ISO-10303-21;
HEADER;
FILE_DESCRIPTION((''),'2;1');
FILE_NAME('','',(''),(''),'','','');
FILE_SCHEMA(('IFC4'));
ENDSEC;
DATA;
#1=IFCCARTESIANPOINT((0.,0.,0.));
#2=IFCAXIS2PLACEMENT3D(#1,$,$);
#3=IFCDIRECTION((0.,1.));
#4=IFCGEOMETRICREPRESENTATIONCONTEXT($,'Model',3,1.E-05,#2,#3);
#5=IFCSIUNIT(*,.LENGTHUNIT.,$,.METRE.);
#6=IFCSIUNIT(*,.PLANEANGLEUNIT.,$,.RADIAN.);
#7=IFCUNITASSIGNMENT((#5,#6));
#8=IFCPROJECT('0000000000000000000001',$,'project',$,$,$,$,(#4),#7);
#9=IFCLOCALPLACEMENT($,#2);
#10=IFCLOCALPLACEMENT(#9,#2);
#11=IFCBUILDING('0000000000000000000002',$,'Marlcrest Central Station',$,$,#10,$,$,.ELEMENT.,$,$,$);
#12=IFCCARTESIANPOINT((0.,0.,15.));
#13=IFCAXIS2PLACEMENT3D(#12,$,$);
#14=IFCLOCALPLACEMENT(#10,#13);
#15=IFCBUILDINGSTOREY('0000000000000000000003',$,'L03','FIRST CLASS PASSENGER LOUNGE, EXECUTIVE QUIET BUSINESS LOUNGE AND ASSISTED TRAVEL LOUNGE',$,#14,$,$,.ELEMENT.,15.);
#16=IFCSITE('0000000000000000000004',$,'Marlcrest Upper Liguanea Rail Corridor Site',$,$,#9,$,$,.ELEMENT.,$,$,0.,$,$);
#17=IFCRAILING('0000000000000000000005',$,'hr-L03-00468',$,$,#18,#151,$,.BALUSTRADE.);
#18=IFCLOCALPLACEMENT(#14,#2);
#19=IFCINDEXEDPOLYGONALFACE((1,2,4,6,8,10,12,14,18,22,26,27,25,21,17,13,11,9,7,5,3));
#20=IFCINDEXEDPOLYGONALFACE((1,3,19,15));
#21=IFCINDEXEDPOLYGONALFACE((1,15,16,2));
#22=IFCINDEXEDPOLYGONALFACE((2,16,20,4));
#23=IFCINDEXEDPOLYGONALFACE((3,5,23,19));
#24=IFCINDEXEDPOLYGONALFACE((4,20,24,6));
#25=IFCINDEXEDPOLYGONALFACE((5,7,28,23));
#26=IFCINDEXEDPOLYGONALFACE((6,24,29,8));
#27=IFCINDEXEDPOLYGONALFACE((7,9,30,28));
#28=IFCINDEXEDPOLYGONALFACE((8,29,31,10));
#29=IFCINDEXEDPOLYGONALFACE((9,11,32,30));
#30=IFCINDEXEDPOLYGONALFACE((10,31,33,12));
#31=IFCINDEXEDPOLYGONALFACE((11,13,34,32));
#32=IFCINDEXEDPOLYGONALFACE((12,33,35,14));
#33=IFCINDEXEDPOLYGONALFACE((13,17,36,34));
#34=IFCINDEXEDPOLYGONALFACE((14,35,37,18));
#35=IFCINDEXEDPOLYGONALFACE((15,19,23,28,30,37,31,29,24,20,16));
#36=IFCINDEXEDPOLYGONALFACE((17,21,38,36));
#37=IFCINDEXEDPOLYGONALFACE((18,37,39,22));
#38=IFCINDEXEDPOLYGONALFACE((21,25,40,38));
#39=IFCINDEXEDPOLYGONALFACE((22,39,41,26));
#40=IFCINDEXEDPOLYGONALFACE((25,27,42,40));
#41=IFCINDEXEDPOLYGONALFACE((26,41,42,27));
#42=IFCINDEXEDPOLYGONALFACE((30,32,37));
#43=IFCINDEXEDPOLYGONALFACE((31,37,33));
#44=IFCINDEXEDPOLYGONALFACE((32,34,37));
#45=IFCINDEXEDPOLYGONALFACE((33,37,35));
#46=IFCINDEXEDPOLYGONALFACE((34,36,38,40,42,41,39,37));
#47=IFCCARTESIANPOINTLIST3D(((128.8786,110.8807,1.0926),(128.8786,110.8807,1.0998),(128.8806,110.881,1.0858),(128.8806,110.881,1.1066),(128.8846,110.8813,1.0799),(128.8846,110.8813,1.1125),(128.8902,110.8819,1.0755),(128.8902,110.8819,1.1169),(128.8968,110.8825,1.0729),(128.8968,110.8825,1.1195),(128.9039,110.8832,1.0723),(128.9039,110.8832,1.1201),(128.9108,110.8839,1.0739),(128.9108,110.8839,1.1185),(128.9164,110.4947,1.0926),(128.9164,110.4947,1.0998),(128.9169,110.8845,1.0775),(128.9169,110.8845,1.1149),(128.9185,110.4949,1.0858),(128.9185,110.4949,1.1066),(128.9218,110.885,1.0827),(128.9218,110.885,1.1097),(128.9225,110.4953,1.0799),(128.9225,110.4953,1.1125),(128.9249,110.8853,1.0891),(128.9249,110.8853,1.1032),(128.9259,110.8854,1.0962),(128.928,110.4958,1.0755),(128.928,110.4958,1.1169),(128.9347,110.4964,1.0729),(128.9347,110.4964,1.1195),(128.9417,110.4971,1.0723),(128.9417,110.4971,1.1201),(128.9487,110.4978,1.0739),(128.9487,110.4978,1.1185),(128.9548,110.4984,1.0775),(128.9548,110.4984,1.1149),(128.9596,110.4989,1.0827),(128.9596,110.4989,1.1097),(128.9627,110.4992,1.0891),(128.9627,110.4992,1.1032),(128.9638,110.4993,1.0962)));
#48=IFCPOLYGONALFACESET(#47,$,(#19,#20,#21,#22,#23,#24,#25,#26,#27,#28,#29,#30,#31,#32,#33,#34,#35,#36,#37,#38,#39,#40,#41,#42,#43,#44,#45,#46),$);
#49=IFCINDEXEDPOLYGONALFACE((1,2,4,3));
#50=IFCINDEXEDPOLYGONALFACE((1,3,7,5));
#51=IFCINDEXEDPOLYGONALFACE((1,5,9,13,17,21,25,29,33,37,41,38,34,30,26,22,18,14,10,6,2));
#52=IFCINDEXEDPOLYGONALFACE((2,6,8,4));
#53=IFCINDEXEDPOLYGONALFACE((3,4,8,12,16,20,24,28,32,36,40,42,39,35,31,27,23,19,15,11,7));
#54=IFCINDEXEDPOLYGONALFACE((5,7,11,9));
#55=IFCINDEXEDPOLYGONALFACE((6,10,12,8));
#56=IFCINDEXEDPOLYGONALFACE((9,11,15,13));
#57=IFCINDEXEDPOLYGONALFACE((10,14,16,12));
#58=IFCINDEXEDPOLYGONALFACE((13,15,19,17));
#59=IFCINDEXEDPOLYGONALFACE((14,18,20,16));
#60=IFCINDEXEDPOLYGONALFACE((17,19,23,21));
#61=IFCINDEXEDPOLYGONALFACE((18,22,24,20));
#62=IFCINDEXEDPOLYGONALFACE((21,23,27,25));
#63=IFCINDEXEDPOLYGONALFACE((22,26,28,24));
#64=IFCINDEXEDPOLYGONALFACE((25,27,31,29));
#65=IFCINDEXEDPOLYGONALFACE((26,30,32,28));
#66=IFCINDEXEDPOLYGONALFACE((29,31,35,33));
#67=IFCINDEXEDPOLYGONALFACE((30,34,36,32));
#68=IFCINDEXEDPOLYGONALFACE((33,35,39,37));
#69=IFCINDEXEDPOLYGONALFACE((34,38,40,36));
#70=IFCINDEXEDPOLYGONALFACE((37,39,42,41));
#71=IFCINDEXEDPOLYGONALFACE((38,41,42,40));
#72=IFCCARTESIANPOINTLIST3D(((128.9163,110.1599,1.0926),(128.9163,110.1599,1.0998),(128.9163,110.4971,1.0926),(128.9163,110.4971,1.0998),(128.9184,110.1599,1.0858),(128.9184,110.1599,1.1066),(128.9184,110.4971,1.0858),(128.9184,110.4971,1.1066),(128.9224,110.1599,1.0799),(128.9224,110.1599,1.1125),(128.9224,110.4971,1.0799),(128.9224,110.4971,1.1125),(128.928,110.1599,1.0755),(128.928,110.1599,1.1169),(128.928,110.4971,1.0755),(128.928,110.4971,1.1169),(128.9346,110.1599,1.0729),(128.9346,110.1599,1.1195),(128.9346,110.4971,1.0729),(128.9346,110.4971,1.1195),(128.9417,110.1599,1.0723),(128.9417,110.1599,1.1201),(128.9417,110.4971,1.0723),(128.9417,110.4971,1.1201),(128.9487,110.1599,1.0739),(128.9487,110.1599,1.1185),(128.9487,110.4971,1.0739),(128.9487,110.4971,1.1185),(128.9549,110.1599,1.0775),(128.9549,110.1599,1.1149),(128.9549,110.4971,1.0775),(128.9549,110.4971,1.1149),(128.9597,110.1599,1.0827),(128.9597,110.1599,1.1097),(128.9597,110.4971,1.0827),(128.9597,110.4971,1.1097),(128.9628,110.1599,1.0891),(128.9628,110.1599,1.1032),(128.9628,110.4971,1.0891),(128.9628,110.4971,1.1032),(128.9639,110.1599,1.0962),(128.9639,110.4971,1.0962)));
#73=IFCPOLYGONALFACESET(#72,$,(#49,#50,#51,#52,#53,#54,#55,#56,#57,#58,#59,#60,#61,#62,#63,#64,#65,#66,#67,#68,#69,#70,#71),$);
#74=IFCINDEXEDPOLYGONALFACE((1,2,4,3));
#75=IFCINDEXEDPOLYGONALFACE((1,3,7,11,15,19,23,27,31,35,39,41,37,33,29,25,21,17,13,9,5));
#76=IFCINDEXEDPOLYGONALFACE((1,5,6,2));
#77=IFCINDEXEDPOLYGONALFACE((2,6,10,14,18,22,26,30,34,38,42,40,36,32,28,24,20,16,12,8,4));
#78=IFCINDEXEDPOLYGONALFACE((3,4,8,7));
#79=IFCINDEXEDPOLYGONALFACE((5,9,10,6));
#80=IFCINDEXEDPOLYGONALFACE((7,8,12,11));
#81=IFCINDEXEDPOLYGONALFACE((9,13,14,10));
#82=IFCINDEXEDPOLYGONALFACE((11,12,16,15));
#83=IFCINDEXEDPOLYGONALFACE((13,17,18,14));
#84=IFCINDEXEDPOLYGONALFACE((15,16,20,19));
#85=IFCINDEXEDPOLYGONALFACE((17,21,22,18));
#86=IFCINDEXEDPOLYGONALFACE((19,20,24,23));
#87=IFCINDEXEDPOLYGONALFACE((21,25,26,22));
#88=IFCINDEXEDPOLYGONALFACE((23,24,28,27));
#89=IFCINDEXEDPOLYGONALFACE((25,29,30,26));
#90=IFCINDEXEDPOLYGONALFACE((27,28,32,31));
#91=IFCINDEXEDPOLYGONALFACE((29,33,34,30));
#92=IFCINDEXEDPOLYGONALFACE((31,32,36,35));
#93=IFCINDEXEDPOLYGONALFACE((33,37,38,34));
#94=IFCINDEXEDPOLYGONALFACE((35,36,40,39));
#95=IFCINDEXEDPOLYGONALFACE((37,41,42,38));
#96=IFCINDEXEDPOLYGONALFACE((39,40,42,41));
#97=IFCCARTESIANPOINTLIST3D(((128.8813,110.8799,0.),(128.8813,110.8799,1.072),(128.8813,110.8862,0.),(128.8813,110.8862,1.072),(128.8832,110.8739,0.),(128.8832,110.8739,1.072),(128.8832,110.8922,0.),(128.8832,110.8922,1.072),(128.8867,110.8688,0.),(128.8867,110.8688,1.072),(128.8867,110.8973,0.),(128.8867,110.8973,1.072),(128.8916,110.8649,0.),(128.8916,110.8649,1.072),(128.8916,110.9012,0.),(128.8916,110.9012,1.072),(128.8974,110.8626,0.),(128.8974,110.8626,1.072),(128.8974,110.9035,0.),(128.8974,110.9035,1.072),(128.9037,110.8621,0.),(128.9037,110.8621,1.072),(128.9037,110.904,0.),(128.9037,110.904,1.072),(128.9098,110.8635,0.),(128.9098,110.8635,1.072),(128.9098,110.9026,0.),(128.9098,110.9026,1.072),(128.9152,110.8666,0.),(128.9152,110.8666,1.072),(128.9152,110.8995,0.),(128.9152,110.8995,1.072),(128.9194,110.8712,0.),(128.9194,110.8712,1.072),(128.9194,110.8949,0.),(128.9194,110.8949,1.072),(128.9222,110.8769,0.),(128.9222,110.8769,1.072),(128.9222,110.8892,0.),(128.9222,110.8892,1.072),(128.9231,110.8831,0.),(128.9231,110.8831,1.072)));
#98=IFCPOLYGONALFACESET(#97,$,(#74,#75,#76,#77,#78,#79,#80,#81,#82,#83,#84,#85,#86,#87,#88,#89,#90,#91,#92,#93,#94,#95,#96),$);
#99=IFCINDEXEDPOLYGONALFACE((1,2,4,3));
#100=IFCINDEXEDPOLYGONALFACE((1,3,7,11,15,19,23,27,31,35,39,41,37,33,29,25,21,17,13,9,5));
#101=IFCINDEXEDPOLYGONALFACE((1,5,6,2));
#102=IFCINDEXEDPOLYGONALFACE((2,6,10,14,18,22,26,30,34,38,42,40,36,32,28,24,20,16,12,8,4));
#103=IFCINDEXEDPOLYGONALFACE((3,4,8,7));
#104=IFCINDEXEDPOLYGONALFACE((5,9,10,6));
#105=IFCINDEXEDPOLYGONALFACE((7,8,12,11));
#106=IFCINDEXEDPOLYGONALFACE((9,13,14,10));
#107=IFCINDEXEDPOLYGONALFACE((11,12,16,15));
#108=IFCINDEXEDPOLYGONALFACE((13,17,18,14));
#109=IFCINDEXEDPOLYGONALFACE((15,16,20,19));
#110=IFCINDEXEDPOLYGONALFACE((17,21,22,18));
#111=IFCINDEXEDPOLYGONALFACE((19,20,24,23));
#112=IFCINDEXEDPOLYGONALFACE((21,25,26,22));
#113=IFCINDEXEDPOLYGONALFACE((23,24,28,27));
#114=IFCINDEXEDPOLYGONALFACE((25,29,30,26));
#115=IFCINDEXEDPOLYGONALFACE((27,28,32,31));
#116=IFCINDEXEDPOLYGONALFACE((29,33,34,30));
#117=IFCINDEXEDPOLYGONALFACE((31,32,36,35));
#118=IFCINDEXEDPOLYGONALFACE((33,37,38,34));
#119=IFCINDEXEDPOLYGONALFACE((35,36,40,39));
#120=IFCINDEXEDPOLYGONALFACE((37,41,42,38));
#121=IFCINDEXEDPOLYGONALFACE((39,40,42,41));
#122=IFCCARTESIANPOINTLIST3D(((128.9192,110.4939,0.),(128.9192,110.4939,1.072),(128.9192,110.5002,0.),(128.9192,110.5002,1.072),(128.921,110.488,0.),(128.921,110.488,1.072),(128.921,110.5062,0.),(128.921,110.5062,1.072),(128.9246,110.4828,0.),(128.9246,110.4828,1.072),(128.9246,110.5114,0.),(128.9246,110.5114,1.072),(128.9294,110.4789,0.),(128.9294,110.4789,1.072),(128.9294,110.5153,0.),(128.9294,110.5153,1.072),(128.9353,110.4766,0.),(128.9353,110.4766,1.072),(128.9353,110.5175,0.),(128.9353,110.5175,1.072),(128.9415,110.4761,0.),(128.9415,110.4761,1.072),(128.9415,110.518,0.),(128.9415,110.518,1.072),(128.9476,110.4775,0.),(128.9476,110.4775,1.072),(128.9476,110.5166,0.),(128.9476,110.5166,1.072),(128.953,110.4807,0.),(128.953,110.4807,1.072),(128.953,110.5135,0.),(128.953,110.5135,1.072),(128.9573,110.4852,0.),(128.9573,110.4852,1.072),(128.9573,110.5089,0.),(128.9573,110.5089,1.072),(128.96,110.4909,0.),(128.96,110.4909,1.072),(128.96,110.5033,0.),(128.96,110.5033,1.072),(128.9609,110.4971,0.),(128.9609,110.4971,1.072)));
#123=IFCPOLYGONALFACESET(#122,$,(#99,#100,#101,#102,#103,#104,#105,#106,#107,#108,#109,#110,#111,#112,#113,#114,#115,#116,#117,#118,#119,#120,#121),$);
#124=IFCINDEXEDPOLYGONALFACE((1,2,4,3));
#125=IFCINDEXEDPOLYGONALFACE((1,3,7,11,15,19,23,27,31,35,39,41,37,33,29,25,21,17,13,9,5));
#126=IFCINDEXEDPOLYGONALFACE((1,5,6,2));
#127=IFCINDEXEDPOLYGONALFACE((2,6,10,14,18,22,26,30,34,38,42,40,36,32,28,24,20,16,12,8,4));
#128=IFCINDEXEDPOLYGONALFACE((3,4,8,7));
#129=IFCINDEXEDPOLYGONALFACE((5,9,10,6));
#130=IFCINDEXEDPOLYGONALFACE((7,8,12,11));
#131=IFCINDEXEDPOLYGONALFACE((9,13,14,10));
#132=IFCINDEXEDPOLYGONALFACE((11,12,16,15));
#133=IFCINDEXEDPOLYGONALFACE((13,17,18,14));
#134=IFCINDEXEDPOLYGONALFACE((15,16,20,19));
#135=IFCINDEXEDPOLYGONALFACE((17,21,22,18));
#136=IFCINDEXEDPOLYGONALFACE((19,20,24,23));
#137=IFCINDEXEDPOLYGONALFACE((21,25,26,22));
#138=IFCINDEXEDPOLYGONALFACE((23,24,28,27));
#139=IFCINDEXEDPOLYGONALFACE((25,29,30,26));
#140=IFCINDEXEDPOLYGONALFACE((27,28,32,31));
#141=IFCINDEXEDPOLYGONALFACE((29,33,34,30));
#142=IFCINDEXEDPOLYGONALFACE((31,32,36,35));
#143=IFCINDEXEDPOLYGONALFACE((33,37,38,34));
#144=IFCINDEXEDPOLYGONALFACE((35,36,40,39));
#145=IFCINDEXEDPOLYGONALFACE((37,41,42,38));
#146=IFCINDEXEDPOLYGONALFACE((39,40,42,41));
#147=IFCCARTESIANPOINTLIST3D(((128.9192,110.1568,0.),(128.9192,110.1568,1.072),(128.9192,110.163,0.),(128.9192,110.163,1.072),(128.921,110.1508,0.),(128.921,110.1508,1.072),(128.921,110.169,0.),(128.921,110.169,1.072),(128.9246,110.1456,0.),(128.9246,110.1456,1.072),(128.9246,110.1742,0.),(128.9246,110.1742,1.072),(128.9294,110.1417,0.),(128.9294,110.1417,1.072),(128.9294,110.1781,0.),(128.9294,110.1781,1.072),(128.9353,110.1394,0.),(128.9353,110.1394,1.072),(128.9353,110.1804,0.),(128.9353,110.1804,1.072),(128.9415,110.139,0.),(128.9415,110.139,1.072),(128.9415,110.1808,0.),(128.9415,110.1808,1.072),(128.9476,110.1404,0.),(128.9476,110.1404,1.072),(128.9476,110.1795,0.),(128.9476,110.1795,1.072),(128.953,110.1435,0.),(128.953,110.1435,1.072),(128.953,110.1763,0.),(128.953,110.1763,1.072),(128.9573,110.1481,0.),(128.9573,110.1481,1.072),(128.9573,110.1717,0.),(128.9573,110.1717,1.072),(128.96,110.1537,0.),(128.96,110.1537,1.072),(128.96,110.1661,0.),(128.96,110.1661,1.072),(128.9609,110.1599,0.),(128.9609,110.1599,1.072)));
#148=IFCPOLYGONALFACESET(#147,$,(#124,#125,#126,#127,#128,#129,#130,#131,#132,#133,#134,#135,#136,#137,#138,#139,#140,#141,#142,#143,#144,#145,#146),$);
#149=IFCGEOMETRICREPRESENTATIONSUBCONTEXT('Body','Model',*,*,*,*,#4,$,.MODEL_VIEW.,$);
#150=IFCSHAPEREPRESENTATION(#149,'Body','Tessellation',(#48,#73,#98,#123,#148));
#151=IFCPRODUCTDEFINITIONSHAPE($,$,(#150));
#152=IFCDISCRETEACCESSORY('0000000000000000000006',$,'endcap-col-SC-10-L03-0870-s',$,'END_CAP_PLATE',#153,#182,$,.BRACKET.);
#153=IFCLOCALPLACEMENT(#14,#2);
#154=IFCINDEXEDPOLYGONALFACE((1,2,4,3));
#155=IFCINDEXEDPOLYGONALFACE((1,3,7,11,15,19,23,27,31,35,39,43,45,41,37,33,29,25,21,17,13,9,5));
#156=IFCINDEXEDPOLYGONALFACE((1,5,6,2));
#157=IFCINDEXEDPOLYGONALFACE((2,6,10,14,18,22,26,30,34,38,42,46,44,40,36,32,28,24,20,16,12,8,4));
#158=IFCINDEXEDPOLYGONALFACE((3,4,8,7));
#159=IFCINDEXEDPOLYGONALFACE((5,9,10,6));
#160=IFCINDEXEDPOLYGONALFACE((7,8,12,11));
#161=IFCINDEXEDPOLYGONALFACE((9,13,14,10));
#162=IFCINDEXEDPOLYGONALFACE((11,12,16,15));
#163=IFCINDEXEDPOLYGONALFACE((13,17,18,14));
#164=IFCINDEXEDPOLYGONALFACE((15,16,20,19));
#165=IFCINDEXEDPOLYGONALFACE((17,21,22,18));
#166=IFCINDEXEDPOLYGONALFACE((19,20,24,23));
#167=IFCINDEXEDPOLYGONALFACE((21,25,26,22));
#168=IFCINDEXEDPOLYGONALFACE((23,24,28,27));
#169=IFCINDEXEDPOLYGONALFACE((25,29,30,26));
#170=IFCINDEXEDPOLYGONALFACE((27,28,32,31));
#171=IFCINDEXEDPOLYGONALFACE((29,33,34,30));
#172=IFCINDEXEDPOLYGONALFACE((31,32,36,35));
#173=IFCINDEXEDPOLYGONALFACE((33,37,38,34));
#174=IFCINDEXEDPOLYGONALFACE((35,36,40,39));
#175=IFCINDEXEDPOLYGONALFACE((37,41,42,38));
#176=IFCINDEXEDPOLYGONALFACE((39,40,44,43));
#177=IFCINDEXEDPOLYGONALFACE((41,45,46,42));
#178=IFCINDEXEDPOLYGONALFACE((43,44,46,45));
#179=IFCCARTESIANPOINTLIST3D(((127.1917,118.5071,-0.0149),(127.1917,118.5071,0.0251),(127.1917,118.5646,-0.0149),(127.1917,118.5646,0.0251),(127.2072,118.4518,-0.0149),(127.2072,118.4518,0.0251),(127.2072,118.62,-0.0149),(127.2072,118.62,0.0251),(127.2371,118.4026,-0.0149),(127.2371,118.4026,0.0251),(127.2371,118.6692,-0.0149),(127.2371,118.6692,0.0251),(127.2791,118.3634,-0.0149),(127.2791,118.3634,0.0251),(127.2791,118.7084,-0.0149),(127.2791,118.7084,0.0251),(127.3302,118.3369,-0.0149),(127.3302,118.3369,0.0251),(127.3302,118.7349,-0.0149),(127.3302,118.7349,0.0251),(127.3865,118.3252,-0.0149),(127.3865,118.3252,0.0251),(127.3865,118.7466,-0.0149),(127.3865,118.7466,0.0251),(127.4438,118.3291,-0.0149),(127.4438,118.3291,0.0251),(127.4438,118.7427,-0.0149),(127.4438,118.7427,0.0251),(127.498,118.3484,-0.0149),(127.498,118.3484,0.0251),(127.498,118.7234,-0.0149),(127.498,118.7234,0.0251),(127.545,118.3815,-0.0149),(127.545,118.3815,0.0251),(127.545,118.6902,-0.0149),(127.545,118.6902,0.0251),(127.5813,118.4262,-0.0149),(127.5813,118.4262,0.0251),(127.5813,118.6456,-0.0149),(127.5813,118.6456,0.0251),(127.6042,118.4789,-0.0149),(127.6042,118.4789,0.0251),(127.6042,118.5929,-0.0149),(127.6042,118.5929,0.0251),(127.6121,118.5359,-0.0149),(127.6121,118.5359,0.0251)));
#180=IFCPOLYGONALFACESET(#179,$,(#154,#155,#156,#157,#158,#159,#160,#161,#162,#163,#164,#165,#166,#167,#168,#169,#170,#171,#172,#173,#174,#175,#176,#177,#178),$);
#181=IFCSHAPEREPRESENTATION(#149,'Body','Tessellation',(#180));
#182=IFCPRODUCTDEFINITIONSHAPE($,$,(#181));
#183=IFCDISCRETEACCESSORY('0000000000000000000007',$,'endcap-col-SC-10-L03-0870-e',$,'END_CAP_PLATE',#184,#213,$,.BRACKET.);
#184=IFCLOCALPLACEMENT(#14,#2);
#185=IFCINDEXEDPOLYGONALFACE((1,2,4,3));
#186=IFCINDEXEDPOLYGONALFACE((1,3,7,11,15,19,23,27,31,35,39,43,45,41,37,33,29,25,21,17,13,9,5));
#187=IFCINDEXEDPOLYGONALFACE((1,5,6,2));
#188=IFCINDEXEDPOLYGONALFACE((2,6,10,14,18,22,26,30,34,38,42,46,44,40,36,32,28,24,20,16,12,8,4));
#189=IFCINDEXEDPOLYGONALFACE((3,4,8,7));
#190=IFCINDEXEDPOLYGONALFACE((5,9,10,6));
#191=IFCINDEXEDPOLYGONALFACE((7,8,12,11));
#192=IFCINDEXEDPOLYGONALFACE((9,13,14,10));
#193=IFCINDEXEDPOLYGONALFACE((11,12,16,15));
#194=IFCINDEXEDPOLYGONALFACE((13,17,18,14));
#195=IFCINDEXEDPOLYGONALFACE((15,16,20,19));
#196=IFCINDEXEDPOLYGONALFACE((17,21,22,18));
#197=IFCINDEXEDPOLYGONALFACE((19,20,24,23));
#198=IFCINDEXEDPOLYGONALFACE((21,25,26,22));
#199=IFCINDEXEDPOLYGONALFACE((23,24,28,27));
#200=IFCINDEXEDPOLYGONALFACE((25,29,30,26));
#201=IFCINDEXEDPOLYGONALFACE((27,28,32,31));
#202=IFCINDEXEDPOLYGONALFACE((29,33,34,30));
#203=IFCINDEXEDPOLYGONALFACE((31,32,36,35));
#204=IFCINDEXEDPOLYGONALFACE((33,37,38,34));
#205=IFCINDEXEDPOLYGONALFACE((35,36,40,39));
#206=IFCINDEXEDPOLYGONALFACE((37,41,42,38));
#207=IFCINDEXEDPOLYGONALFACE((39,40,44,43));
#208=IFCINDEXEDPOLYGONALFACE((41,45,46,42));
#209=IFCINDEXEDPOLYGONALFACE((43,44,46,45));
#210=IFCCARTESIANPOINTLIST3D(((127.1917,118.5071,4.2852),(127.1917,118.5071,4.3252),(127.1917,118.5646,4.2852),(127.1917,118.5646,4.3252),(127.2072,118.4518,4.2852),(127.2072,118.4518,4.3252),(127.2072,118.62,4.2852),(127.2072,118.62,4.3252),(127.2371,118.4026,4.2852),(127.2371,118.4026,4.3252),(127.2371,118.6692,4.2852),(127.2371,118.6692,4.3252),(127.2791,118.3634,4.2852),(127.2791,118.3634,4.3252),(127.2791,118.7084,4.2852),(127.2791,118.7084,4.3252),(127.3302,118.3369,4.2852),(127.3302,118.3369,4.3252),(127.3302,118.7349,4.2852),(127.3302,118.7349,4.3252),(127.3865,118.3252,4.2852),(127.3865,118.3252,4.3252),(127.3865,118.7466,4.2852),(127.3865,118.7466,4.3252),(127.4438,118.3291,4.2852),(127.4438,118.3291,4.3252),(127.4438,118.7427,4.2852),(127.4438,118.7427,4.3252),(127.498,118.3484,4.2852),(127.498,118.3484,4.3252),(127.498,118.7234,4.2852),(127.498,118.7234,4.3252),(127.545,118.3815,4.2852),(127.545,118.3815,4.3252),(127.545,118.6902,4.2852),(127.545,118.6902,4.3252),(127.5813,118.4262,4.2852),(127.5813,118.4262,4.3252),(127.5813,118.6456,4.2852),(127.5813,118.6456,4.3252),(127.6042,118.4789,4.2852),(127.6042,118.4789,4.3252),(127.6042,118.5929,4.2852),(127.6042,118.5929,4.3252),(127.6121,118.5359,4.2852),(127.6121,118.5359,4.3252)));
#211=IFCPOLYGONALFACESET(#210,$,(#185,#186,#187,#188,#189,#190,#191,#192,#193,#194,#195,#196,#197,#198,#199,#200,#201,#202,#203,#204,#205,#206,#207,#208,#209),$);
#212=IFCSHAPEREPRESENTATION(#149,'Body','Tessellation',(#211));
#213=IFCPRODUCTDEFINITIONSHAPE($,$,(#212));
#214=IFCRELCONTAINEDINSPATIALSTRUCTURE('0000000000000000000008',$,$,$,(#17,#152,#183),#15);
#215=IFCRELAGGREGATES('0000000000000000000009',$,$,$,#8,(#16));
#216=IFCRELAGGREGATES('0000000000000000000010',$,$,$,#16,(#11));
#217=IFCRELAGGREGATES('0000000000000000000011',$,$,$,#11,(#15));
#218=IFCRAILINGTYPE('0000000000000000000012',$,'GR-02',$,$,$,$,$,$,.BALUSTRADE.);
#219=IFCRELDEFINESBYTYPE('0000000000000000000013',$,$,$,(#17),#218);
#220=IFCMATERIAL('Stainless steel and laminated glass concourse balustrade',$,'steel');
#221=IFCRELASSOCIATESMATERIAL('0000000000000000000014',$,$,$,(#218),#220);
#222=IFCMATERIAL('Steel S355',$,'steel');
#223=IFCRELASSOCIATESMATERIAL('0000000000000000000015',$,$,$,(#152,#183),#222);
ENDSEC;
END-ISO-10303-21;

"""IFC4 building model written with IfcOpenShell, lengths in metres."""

from ifc_helpers import new_model, si_unit, direction, frame, origin, origin_2d, place, context, subcontext, project, spatial, circle, extrude, material, type_object, element, save


model = new_model("IFC4")

# Units and contexts
model_context = context("Model", 3, precision=1e-05, world=origin(), true_north=direction((0.0, 1.0)))
body_context = subcontext(model_context, "Body", "Model", "MODEL_VIEW")
ifc_project = project(units=[si_unit("LENGTHUNIT", "METRE"), si_unit("PLANEANGLEUNIT", "RADIAN")], contexts=[model_context])

# Site, building, storey
site_placement = place(None, origin())
site = spatial("IfcSite", under=ifc_project, at=site_placement, Name="Marlcrest Upper Liguanea Rail Corridor Site", CompositionType="ELEMENT", RefElevation=0.0)
building_placement = place(site_placement, origin())
building = spatial("IfcBuilding", under=site, at=building_placement, Name="Marlcrest Central Station", CompositionType="ELEMENT")
storey_placement = place(building_placement, frame((0.0, 0.0, 15.0)))
storey = spatial("IfcBuildingStorey", under=building, at=storey_placement, Name="L03", Description="FIRST CLASS PASSENGER LOUNGE, EXECUTIVE QUIET BUSINESS LOUNGE AND ASSISTED TRAVEL LOUNGE", CompositionType="ELEMENT", Elevation=15.0)

# Shared definitions
ifc_material_1 = material(Name="Steel S355", Category="steel")

# Railing
ifc_material_2 = material(Name="Stainless steel and laminated glass concourse balustrade", Category="steel")
railing_type = type_object("IfcRailingType", Name="GR-02", PredefinedType="BALUSTRADE", material=ifc_material_2)
railing_1_placement = place(storey_placement, frame((128.9021, 110.8831, 0.0)))
element("IfcRailing", 1, at=railing_1_placement, inside=storey, type_object=railing_type, Name="hr-L03-00468", PredefinedType="BALUSTRADE", context=body_context, shape_type="SweptSolid", body=[
    extrude(circle(Radius=0.0239, at=origin_2d()), frame((0.0, 0.0, 1.0962), z_axis=(0.097571, -0.995229, 0.0), x_axis=(0.995229, 0.097571, 0.0)), (0.0, 0.0, 1.0), 0.3879),
    extrude(circle(Radius=0.0239, at=origin_2d()), frame((0.0378, -0.386, 1.0962), z_axis=(0.0, -1.0, 0.0), x_axis=(1.0, 0.0, 0.0)), (0.0, 0.0, 1.0), 0.3372),
    extrude(circle(Radius=0.021, at=origin_2d()), origin(), (0.0, 0.0, 1.0), 1.072),
    extrude(circle(Radius=0.021, at=origin_2d()), frame((0.0378, -0.386, 0.0)), (0.0, 0.0, 1.0), 1.072),
    extrude(circle(Radius=0.021, at=origin_2d()), frame((0.0378, -0.7231, 0.0)), (0.0, 0.0, 1.0), 1.072),
])

# Discrete accessories
for number, where, z_axis, x_axis, name in (
    (2, (127.4009, 118.5359, -0.0149), (0.0, 0.0, 1.0), (1.0, 0.0, 0.0), "endcap-col-SC-10-L03-0870-s"),
    (3, (127.4009, 118.5359, 4.2852), (0.0, 0.0, 1.0), (1.0, 0.0, 0.0), "endcap-col-SC-10-L03-0870-e"),
):
    element("IfcDiscreteAccessory", number, at=place(storey_placement, frame(where, z_axis=z_axis, x_axis=x_axis)), inside=storey, material=ifc_material_1, Name=name, ObjectType="END_CAP_PLATE", PredefinedType="BRACKET", context=body_context, shape_type="SweptSolid", body=[
        extrude(circle(Radius=0.2112, at=origin_2d()), origin(), (0.0, 0.0, 1.0), 0.04),
    ])

save(model, "model.ifc")
